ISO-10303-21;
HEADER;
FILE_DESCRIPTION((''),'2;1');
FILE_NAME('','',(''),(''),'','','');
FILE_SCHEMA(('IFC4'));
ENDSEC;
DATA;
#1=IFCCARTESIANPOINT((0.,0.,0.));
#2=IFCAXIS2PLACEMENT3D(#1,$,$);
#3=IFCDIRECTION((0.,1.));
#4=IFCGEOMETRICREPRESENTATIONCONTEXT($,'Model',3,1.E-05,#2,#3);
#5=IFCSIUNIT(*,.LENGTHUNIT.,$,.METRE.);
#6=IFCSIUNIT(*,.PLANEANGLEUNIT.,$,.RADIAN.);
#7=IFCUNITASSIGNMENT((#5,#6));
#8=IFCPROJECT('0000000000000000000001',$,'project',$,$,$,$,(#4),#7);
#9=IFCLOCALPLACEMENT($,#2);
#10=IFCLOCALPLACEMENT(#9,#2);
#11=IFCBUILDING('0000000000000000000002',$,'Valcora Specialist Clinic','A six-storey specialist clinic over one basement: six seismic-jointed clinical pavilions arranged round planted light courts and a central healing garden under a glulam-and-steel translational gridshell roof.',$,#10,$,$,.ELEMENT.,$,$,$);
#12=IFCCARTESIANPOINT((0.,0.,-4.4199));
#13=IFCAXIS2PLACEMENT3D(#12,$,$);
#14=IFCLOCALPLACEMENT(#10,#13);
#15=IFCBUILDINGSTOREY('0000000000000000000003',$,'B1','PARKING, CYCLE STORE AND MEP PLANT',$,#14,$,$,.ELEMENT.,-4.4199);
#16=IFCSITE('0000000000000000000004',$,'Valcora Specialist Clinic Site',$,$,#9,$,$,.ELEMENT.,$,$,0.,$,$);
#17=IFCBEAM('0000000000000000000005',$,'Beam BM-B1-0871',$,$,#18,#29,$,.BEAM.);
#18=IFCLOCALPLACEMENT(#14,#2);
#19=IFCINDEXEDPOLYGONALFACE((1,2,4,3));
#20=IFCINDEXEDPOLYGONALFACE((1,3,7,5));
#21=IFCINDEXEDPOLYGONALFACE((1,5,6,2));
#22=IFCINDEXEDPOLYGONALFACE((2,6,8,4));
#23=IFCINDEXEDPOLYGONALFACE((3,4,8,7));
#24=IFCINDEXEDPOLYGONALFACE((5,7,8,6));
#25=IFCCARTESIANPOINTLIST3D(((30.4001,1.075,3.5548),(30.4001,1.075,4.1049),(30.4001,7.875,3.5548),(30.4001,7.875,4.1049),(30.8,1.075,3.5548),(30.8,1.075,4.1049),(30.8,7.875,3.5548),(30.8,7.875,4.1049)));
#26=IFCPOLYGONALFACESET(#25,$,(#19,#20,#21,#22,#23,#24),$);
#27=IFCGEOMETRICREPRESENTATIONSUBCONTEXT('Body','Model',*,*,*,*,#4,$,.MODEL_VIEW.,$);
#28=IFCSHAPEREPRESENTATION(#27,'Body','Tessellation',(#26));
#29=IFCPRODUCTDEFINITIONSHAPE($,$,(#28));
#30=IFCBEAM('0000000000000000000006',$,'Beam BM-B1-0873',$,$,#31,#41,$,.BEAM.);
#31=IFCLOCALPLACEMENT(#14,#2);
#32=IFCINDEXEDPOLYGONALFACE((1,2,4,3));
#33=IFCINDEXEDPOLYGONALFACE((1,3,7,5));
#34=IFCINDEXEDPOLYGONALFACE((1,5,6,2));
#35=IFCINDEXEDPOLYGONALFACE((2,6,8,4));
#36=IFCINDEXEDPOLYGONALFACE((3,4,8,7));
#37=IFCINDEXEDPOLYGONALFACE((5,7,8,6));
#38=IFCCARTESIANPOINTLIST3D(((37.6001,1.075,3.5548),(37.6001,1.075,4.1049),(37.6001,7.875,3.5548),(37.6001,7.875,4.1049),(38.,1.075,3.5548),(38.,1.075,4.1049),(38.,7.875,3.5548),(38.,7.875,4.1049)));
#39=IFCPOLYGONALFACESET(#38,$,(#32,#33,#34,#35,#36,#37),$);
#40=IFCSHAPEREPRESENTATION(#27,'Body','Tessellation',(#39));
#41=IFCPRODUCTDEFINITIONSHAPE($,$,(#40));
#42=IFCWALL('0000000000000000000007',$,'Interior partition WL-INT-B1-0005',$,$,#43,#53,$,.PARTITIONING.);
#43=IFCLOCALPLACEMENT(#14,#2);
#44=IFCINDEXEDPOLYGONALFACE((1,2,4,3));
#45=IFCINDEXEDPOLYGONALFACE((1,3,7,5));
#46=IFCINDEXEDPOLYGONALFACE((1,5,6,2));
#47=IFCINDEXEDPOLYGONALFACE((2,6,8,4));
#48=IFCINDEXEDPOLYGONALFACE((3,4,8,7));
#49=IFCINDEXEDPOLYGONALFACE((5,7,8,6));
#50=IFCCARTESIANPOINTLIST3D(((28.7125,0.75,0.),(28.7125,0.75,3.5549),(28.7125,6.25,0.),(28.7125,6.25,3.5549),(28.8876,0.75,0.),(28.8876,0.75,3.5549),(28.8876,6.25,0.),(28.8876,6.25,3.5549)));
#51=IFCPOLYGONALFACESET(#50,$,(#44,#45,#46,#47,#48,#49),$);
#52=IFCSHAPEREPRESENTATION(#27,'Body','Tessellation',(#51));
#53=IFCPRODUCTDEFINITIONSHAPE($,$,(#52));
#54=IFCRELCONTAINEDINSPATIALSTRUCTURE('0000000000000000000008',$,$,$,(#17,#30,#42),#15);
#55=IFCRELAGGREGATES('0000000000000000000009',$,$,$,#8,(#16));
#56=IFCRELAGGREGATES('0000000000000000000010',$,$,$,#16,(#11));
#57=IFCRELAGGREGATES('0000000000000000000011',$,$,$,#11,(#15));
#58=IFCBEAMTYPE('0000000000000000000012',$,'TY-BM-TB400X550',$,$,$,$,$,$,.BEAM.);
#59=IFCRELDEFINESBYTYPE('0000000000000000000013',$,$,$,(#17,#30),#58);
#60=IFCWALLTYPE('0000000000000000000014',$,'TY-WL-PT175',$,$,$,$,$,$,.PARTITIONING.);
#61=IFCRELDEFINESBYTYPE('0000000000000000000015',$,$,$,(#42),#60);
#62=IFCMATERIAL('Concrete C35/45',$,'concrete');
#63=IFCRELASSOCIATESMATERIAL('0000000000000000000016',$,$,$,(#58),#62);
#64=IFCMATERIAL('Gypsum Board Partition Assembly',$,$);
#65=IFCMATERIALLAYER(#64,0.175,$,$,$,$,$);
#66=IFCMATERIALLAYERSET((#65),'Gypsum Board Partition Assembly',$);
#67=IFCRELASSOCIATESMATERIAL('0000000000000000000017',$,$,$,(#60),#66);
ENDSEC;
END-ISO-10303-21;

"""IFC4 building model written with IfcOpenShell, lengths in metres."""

from ifc_helpers import new_model, si_unit, direction, frame, frame_2d, origin, origin_2d, place, context, subcontext, project, spatial, rectangle, extrude, material, layer, layer_set, material_profile, profile_set, type_object, element, save


model = new_model("IFC4")

# Units and contexts
model_context = context("Model", 3, precision=1e-05, world=origin(), true_north=direction((0.0, 1.0)))
body_context = subcontext(model_context, "Body", "Model", "MODEL_VIEW")
ifc_project = project(units=[si_unit("LENGTHUNIT", "METRE"), si_unit("PLANEANGLEUNIT", "RADIAN")], contexts=[model_context])

# Site, building, storey
site_placement = place(None, origin())
site = spatial("IfcSite", under=ifc_project, at=site_placement, Name="Valcora Specialist Clinic Site", CompositionType="ELEMENT", RefElevation=0.0)
building_placement = place(site_placement, origin())
building = spatial("IfcBuilding", under=site, at=building_placement, Name="Valcora Specialist Clinic", Description="A six-storey specialist clinic over one basement: six seismic-jointed clinical pavilions arranged round planted light courts and a central healing garden under a glulam-and-steel translational gridshell roof.", CompositionType="ELEMENT")
storey_placement = place(building_placement, frame((0.0, 0.0, -4.4199)))
storey = spatial("IfcBuildingStorey", under=building, at=storey_placement, Name="B1", Description="PARKING, CYCLE STORE AND MEP PLANT", CompositionType="ELEMENT", Elevation=-4.4199)

# Shared definitions
ifc_material_1 = material(Name="Concrete C35/45", Category="concrete")

# Beams
ifc_material_profile_1 = material_profile(ifc_material_1, rectangle(XDim=0.3999, YDim=0.55, at=origin_2d()), Name="RC-TB-400X550")
ifc_profile_set_1 = profile_set([ifc_material_profile_1], Name="Concrete C35/45")
beam_type = type_object("IfcBeamType", Name="TY-BM-TB400X550", PredefinedType="BEAM", material=ifc_profile_set_1)
for number, where, z_axis, x_axis, name in (
    (1, (30.6001, 1.075, 3.8298), (0.0, 1.0, 0.0), (-1.0, 0.0, 0.0), "Beam BM-B1-0871"),
    (2, (37.8, 1.075, 3.8298), (0.0, 1.0, 0.0), (-1.0, 0.0, 0.0), "Beam BM-B1-0873"),
):
    element("IfcBeam", number, at=place(storey_placement, frame(where, z_axis=z_axis, x_axis=x_axis)), inside=storey, type_object=beam_type, Name=name, PredefinedType="BEAM", context=body_context, shape_type="SweptSolid", body=[
        extrude(rectangle(XDim=0.3999, YDim=0.55, at=origin_2d()), origin(), (0.0, 0.0, 1.0), 6.8),
    ])

# Wall
ifc_material_2 = material(Name="Gypsum Board Partition Assembly")
ifc_layer = layer(ifc_material_2, 0.175)
ifc_layer_set = layer_set([ifc_layer], Name="Gypsum Board Partition Assembly")
wall_type = type_object("IfcWallType", Name="TY-WL-PT175", PredefinedType="PARTITIONING", material=ifc_layer_set)
wall_placement = place(storey_placement, frame((28.8, 0.75, 0.0), z_axis=(0.0, 0.0, 1.0), x_axis=(0.0, 1.0, 0.0)))
element("IfcWall", 3, at=wall_placement, inside=storey, type_object=wall_type, Name="Interior partition WL-INT-B1-0005", PredefinedType="PARTITIONING", context=body_context, shape_type="SweptSolid", body=[
    extrude(rectangle(XDim=5.5, YDim=0.175, at=frame_2d((2.75, 0.0))), origin(), (0.0, 0.0, 1.0), 3.5549),
])

save(model, "model.ifc")
